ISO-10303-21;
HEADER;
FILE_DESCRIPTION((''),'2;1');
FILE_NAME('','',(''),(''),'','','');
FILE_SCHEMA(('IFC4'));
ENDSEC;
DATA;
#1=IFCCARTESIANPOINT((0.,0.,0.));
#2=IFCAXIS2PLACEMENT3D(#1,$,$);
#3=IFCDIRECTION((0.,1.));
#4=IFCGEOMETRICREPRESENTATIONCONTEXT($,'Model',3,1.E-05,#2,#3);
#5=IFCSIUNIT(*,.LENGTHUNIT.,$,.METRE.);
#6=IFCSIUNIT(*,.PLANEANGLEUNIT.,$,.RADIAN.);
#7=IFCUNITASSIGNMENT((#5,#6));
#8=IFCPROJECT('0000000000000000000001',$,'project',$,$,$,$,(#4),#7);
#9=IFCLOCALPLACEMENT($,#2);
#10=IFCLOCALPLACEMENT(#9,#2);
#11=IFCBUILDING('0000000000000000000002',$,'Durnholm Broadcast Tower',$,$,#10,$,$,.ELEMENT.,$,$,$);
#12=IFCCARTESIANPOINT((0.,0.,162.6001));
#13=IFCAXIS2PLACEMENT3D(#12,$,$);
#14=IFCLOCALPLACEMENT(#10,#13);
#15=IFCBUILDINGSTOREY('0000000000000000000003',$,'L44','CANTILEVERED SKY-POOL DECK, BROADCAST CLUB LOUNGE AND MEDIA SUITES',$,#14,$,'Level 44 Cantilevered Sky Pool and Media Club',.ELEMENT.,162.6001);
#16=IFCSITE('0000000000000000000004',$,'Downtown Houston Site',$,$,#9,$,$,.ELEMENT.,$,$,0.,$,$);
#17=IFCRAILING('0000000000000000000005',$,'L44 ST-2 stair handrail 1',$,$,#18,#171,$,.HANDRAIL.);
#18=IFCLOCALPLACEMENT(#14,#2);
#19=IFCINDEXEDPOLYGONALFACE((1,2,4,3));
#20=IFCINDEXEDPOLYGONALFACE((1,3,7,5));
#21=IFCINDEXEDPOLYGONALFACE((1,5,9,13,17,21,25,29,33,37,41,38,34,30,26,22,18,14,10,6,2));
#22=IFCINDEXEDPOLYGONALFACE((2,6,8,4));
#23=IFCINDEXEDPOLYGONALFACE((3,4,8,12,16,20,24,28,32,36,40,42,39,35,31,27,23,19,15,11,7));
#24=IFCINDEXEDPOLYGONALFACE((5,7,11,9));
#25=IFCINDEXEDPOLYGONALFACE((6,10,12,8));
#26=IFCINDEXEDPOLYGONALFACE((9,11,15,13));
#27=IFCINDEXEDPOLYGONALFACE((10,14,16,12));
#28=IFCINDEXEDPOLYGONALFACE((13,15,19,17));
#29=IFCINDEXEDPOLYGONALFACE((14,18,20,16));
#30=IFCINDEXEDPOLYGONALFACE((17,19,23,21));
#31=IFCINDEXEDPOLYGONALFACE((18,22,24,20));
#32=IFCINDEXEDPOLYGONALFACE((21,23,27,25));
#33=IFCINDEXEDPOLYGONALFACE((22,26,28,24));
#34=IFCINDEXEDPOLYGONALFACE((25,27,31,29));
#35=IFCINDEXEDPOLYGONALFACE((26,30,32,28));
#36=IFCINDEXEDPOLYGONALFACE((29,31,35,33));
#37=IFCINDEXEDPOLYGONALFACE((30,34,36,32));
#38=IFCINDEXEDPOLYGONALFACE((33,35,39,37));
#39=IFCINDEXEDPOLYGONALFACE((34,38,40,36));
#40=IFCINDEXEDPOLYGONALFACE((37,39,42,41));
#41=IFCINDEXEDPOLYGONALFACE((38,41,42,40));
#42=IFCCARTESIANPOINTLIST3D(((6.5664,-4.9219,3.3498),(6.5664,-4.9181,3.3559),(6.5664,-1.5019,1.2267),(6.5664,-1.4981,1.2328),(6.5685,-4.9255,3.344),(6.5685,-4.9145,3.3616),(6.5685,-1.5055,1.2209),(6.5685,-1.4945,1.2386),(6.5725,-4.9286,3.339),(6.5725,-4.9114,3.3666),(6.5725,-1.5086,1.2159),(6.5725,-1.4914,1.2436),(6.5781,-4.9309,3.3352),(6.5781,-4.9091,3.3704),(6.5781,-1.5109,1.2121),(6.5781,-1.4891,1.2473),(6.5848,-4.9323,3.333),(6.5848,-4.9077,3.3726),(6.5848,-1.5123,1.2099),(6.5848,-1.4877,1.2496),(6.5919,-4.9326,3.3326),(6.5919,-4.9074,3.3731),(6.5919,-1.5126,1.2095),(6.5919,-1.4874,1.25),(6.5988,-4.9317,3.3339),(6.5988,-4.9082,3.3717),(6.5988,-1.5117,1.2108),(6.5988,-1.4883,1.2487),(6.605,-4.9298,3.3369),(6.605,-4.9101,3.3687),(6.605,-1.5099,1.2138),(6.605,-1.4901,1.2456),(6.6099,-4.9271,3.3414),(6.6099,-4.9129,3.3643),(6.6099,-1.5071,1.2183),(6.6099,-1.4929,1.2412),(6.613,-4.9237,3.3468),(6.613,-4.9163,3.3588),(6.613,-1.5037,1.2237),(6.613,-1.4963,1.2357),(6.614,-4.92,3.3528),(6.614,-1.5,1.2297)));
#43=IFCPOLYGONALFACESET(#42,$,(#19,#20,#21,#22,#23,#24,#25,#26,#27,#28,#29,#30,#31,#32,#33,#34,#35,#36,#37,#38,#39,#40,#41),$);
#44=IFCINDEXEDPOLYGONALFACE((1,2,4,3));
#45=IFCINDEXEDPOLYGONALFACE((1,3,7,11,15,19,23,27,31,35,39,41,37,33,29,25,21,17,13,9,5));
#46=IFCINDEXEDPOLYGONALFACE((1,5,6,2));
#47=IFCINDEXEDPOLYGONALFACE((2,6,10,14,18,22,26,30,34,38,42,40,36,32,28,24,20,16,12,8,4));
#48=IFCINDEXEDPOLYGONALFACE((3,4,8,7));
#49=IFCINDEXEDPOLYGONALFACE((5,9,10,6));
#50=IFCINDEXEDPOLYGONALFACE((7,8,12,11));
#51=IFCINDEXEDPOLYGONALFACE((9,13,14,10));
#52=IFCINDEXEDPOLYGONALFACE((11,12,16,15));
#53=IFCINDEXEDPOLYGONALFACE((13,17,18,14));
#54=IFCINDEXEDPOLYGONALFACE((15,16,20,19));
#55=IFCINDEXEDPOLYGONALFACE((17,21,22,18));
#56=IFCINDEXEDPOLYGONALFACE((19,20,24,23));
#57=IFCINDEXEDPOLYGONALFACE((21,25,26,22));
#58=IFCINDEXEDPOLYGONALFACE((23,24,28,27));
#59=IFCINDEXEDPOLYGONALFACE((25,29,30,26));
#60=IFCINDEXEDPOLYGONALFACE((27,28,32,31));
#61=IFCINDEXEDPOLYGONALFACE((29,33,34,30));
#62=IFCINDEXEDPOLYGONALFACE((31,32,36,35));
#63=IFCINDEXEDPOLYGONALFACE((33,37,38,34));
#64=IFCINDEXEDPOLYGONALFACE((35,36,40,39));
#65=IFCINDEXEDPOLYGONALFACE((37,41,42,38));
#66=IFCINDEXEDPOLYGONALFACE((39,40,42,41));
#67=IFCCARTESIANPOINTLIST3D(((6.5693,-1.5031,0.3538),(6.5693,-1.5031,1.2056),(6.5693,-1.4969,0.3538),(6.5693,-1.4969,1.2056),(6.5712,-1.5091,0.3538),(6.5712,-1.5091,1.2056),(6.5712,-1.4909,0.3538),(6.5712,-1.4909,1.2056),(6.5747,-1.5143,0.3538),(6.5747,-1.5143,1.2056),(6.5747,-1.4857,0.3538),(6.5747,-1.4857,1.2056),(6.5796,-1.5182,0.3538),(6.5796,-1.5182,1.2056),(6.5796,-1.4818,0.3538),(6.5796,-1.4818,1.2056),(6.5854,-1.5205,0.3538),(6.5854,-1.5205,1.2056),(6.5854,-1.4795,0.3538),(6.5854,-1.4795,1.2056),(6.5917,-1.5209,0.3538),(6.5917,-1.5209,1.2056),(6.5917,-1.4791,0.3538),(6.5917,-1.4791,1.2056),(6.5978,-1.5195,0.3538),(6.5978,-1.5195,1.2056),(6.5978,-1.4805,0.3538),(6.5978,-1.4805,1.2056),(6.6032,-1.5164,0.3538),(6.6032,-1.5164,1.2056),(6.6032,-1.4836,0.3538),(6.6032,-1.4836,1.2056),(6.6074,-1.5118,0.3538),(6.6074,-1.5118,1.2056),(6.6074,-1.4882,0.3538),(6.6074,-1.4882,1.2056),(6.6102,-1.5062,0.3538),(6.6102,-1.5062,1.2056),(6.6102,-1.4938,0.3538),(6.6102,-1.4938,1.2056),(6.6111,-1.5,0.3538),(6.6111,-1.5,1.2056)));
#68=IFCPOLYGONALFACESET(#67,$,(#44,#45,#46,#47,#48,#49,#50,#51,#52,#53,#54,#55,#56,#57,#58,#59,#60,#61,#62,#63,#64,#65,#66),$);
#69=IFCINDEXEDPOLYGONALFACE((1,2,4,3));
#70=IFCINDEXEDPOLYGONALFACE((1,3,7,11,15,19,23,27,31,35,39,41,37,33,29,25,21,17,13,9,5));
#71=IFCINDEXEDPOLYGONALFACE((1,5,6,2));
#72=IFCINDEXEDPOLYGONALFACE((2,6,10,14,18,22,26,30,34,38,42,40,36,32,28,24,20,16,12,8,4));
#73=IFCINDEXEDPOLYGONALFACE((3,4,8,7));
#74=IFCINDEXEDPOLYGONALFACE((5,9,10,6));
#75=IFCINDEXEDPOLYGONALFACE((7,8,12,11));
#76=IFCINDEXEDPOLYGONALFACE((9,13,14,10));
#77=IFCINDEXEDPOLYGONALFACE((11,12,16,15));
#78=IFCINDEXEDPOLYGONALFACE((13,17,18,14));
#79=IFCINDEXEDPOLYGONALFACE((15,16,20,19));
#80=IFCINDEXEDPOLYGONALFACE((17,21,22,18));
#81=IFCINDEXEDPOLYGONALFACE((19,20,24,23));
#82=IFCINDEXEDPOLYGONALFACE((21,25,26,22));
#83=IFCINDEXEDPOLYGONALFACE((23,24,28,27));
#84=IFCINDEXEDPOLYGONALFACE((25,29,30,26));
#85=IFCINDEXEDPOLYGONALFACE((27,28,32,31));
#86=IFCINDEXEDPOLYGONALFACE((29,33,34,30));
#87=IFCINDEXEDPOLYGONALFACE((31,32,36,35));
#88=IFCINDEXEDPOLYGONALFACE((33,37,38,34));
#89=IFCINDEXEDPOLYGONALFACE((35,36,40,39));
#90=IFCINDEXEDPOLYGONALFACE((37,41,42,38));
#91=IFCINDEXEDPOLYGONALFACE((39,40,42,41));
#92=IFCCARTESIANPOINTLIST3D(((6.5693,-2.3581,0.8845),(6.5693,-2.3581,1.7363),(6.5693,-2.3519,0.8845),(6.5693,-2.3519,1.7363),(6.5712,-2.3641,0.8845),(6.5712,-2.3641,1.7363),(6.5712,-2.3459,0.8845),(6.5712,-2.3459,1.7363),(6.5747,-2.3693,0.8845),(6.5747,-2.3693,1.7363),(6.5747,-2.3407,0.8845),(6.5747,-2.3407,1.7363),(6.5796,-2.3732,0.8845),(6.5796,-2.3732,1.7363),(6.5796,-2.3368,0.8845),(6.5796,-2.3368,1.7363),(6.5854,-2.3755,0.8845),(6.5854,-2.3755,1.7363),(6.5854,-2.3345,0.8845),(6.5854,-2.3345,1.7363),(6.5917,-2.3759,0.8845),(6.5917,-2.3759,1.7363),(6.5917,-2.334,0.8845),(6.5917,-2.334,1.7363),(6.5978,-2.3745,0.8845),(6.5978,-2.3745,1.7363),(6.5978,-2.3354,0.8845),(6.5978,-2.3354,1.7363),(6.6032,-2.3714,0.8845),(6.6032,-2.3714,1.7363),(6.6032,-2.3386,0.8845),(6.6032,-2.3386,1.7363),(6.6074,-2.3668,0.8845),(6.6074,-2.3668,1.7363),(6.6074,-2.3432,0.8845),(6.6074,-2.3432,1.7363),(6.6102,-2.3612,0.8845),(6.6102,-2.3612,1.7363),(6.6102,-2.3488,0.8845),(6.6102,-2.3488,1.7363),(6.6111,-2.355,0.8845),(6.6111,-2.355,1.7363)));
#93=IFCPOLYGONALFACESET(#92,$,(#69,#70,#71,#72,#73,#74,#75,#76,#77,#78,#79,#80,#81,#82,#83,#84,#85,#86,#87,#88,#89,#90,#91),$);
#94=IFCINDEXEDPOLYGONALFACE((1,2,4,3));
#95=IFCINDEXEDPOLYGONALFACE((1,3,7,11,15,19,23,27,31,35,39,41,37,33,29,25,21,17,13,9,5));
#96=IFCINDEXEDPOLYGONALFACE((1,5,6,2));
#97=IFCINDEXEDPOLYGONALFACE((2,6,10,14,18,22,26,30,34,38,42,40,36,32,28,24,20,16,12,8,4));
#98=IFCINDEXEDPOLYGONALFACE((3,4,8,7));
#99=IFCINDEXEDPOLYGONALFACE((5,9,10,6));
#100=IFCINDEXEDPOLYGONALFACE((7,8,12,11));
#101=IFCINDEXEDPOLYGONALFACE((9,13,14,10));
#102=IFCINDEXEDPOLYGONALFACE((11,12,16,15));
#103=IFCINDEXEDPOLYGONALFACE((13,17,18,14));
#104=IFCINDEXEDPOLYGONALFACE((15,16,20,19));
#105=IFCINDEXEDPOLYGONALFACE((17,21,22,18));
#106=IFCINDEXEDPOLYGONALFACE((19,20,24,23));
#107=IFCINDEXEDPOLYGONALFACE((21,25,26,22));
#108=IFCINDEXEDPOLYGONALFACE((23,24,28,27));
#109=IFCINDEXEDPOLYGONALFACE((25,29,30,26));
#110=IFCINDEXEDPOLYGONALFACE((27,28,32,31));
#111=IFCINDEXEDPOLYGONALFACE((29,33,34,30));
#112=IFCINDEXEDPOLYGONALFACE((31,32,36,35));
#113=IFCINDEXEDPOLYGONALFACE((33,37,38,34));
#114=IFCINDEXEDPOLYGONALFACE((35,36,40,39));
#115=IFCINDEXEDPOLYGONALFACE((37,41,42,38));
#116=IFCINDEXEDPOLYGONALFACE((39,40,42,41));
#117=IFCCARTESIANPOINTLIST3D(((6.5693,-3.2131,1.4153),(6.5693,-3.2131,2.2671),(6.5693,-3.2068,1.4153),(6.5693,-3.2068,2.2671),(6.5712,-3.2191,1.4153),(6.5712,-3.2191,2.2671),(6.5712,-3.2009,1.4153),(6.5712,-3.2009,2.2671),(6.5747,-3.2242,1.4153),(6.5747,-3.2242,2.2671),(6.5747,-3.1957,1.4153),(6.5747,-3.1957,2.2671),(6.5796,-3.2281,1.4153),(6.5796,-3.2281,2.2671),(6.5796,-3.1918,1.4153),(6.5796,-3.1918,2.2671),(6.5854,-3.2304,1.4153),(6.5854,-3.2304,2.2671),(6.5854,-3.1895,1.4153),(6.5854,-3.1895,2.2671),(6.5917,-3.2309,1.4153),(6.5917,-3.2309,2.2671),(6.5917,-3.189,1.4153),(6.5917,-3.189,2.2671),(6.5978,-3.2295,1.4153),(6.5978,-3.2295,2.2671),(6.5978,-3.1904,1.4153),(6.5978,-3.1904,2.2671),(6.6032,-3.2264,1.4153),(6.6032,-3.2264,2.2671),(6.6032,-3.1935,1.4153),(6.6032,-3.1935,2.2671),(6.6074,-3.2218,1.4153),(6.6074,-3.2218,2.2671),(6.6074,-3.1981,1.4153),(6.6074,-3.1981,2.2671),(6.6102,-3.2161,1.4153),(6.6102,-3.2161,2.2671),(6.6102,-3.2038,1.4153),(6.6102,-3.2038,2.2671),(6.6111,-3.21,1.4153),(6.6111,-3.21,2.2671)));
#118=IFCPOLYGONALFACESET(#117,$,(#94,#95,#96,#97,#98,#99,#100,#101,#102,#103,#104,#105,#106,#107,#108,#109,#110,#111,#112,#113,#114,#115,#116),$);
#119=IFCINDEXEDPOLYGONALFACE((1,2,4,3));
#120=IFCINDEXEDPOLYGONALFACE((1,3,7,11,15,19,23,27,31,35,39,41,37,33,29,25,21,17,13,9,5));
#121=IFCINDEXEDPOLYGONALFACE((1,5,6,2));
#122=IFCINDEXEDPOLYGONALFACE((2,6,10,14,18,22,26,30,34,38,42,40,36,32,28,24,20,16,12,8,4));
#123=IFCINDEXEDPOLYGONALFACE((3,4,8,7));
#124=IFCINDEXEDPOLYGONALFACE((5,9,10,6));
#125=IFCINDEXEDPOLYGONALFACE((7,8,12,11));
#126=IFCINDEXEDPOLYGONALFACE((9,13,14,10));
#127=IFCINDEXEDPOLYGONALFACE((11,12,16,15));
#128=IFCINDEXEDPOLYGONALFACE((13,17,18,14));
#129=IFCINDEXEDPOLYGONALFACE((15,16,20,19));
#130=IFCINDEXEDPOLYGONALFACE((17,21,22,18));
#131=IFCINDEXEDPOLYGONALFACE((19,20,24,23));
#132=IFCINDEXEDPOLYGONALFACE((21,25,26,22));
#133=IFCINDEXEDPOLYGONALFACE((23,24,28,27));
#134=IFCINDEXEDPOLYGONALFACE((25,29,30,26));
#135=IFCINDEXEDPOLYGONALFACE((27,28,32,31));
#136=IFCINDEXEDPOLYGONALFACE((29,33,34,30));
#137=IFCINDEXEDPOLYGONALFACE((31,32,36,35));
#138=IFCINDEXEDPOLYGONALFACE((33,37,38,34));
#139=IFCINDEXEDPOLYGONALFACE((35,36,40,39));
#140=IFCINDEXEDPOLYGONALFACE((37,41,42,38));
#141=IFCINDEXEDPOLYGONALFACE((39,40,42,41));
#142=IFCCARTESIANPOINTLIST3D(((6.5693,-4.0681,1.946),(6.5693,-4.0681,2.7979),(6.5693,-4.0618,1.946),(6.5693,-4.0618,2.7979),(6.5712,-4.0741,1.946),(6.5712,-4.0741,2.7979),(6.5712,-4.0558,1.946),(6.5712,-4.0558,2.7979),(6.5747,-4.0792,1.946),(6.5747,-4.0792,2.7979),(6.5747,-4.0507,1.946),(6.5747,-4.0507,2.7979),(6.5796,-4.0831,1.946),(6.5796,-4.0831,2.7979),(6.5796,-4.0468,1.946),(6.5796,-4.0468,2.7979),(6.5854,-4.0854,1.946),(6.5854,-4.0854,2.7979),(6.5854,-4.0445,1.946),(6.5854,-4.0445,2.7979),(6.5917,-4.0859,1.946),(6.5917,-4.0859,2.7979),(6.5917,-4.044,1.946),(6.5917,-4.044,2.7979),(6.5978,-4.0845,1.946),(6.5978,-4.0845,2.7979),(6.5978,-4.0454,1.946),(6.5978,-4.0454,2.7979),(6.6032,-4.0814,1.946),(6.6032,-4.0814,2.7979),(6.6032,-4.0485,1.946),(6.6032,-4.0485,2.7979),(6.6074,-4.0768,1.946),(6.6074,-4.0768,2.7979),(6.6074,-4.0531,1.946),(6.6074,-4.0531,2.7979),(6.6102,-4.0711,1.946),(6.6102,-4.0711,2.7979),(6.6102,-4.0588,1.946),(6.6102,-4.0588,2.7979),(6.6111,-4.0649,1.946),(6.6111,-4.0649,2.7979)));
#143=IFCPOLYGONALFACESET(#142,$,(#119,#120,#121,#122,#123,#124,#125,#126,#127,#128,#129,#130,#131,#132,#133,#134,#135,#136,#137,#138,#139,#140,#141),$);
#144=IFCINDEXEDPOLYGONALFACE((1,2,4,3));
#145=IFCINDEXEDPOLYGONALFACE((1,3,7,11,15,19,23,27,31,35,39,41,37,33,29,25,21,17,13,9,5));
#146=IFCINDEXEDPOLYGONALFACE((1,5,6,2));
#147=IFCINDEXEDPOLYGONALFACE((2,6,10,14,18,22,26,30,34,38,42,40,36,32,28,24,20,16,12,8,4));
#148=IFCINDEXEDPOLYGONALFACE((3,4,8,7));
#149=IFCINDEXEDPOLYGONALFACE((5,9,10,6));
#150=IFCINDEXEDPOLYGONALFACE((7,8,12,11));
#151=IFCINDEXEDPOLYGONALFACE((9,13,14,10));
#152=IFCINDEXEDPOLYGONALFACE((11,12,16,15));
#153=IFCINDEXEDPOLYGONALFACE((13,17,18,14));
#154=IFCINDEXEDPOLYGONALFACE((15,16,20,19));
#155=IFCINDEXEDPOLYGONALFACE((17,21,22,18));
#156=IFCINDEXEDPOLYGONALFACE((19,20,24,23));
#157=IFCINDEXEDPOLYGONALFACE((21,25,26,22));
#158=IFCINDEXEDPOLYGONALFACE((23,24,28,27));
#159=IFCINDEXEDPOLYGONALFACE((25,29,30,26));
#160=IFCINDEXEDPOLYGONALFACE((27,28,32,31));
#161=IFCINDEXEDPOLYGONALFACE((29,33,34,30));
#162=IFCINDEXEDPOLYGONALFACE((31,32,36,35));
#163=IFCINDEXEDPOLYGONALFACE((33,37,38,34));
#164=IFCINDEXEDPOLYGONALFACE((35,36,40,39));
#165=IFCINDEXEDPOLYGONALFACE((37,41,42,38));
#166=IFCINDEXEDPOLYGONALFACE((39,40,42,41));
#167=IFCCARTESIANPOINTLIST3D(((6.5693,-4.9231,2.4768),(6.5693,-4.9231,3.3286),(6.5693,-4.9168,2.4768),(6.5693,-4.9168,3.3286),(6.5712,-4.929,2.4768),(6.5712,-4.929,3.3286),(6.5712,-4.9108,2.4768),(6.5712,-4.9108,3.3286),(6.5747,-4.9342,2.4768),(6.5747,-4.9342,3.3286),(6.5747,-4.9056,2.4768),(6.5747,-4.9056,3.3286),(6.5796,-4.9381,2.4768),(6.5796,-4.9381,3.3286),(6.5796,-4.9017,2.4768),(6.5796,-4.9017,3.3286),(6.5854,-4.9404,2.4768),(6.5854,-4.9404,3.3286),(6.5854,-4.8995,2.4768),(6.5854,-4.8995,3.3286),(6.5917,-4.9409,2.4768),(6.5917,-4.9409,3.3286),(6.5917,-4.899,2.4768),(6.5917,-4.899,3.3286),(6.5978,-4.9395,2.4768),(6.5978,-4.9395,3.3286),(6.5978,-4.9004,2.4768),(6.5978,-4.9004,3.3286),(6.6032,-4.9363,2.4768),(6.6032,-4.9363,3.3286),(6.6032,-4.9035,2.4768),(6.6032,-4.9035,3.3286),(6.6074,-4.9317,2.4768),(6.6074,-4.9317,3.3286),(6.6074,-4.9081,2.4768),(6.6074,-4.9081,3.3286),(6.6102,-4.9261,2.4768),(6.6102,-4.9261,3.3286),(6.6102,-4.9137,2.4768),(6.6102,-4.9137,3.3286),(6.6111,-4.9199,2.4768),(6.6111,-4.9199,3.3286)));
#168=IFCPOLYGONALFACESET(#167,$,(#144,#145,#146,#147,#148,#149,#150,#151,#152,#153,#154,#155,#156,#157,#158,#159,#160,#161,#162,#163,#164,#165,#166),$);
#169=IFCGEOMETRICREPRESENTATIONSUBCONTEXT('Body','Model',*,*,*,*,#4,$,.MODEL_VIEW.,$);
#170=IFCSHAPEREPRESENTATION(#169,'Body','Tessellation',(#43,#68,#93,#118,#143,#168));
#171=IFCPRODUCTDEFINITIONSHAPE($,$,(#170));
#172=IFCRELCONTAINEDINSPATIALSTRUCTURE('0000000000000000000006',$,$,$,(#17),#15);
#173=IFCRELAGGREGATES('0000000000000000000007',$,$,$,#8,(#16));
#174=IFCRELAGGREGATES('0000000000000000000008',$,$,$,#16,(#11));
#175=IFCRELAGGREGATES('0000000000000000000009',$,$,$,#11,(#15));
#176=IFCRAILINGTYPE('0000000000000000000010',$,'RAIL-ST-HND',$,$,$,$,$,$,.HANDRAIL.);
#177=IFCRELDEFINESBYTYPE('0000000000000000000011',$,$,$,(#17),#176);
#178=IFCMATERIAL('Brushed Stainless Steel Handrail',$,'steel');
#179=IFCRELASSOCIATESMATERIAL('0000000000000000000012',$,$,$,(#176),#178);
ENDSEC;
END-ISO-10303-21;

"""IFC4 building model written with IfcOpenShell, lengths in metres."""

from ifc_helpers import new_model, si_unit, direction, frame, origin, origin_2d, place, context, subcontext, project, spatial, circle, extrude, material, type_object, element, save


model = new_model("IFC4")

# Units and contexts
model_context = context("Model", 3, precision=1e-05, world=origin(), true_north=direction((0.0, 1.0)))
body_context = subcontext(model_context, "Body", "Model", "MODEL_VIEW")
ifc_project = project(units=[si_unit("LENGTHUNIT", "METRE"), si_unit("PLANEANGLEUNIT", "RADIAN")], contexts=[model_context])

# Site, building, storey
site_placement = place(None, origin())
site = spatial("IfcSite", under=ifc_project, at=site_placement, Name="Downtown Houston Site", CompositionType="ELEMENT", RefElevation=0.0)
building_placement = place(site_placement, origin())
building = spatial("IfcBuilding", under=site, at=building_placement, Name="Durnholm Broadcast Tower", CompositionType="ELEMENT")
storey_placement = place(building_placement, frame((0.0, 0.0, 162.6001)))
storey = spatial("IfcBuildingStorey", under=building, at=storey_placement, Name="L44", Description="CANTILEVERED SKY-POOL DECK, BROADCAST CLUB LOUNGE AND MEDIA SUITES", LongName="Level 44 Cantilevered Sky Pool and Media Club", CompositionType="ELEMENT", Elevation=162.6001)

# Railing
ifc_material_1 = material(Name="Brushed Stainless Steel Handrail", Category="steel")
railing_type_1 = type_object("IfcRailingType", Name="RAIL-ST-HND", PredefinedType="HANDRAIL", material=ifc_material_1)
railing_1_placement = place(storey_placement, frame((6.5901, -1.5, 0.3538)))
element("IfcRailing", 1, at=railing_1_placement, inside=storey, type_object=railing_type_1, Name="L44 ST-2 stair handrail 1", PredefinedType="HANDRAIL", context=body_context, shape_type="SweptSolid", body=[
    extrude(circle(Radius=0.0239, at=origin_2d()), frame((0.0, 0.0, 0.876), z_axis=(0.0, -0.849603, 0.527423), x_axis=(1.0, 0.0, 0.0)), (0.0, 0.0, 1.0), 4.0254),
    extrude(circle(Radius=0.021, at=origin_2d()), origin(), (0.0, 0.0, 1.0), 0.8518),
    extrude(circle(Radius=0.021, at=origin_2d()), frame((0.0, -0.855, 0.5308)), (0.0, 0.0, 1.0), 0.8518),
    extrude(circle(Radius=0.021, at=origin_2d()), frame((0.0, -1.71, 1.0615)), (0.0, 0.0, 1.0), 0.8518),
    extrude(circle(Radius=0.021, at=origin_2d()), frame((0.0, -2.5649, 1.5923)), (0.0, 0.0, 1.0), 0.8518),
    extrude(circle(Radius=0.021, at=origin_2d()), frame((0.0, -3.4199, 2.123)), (0.0, 0.0, 1.0), 0.8518),
])

save(model, "model.ifc")
